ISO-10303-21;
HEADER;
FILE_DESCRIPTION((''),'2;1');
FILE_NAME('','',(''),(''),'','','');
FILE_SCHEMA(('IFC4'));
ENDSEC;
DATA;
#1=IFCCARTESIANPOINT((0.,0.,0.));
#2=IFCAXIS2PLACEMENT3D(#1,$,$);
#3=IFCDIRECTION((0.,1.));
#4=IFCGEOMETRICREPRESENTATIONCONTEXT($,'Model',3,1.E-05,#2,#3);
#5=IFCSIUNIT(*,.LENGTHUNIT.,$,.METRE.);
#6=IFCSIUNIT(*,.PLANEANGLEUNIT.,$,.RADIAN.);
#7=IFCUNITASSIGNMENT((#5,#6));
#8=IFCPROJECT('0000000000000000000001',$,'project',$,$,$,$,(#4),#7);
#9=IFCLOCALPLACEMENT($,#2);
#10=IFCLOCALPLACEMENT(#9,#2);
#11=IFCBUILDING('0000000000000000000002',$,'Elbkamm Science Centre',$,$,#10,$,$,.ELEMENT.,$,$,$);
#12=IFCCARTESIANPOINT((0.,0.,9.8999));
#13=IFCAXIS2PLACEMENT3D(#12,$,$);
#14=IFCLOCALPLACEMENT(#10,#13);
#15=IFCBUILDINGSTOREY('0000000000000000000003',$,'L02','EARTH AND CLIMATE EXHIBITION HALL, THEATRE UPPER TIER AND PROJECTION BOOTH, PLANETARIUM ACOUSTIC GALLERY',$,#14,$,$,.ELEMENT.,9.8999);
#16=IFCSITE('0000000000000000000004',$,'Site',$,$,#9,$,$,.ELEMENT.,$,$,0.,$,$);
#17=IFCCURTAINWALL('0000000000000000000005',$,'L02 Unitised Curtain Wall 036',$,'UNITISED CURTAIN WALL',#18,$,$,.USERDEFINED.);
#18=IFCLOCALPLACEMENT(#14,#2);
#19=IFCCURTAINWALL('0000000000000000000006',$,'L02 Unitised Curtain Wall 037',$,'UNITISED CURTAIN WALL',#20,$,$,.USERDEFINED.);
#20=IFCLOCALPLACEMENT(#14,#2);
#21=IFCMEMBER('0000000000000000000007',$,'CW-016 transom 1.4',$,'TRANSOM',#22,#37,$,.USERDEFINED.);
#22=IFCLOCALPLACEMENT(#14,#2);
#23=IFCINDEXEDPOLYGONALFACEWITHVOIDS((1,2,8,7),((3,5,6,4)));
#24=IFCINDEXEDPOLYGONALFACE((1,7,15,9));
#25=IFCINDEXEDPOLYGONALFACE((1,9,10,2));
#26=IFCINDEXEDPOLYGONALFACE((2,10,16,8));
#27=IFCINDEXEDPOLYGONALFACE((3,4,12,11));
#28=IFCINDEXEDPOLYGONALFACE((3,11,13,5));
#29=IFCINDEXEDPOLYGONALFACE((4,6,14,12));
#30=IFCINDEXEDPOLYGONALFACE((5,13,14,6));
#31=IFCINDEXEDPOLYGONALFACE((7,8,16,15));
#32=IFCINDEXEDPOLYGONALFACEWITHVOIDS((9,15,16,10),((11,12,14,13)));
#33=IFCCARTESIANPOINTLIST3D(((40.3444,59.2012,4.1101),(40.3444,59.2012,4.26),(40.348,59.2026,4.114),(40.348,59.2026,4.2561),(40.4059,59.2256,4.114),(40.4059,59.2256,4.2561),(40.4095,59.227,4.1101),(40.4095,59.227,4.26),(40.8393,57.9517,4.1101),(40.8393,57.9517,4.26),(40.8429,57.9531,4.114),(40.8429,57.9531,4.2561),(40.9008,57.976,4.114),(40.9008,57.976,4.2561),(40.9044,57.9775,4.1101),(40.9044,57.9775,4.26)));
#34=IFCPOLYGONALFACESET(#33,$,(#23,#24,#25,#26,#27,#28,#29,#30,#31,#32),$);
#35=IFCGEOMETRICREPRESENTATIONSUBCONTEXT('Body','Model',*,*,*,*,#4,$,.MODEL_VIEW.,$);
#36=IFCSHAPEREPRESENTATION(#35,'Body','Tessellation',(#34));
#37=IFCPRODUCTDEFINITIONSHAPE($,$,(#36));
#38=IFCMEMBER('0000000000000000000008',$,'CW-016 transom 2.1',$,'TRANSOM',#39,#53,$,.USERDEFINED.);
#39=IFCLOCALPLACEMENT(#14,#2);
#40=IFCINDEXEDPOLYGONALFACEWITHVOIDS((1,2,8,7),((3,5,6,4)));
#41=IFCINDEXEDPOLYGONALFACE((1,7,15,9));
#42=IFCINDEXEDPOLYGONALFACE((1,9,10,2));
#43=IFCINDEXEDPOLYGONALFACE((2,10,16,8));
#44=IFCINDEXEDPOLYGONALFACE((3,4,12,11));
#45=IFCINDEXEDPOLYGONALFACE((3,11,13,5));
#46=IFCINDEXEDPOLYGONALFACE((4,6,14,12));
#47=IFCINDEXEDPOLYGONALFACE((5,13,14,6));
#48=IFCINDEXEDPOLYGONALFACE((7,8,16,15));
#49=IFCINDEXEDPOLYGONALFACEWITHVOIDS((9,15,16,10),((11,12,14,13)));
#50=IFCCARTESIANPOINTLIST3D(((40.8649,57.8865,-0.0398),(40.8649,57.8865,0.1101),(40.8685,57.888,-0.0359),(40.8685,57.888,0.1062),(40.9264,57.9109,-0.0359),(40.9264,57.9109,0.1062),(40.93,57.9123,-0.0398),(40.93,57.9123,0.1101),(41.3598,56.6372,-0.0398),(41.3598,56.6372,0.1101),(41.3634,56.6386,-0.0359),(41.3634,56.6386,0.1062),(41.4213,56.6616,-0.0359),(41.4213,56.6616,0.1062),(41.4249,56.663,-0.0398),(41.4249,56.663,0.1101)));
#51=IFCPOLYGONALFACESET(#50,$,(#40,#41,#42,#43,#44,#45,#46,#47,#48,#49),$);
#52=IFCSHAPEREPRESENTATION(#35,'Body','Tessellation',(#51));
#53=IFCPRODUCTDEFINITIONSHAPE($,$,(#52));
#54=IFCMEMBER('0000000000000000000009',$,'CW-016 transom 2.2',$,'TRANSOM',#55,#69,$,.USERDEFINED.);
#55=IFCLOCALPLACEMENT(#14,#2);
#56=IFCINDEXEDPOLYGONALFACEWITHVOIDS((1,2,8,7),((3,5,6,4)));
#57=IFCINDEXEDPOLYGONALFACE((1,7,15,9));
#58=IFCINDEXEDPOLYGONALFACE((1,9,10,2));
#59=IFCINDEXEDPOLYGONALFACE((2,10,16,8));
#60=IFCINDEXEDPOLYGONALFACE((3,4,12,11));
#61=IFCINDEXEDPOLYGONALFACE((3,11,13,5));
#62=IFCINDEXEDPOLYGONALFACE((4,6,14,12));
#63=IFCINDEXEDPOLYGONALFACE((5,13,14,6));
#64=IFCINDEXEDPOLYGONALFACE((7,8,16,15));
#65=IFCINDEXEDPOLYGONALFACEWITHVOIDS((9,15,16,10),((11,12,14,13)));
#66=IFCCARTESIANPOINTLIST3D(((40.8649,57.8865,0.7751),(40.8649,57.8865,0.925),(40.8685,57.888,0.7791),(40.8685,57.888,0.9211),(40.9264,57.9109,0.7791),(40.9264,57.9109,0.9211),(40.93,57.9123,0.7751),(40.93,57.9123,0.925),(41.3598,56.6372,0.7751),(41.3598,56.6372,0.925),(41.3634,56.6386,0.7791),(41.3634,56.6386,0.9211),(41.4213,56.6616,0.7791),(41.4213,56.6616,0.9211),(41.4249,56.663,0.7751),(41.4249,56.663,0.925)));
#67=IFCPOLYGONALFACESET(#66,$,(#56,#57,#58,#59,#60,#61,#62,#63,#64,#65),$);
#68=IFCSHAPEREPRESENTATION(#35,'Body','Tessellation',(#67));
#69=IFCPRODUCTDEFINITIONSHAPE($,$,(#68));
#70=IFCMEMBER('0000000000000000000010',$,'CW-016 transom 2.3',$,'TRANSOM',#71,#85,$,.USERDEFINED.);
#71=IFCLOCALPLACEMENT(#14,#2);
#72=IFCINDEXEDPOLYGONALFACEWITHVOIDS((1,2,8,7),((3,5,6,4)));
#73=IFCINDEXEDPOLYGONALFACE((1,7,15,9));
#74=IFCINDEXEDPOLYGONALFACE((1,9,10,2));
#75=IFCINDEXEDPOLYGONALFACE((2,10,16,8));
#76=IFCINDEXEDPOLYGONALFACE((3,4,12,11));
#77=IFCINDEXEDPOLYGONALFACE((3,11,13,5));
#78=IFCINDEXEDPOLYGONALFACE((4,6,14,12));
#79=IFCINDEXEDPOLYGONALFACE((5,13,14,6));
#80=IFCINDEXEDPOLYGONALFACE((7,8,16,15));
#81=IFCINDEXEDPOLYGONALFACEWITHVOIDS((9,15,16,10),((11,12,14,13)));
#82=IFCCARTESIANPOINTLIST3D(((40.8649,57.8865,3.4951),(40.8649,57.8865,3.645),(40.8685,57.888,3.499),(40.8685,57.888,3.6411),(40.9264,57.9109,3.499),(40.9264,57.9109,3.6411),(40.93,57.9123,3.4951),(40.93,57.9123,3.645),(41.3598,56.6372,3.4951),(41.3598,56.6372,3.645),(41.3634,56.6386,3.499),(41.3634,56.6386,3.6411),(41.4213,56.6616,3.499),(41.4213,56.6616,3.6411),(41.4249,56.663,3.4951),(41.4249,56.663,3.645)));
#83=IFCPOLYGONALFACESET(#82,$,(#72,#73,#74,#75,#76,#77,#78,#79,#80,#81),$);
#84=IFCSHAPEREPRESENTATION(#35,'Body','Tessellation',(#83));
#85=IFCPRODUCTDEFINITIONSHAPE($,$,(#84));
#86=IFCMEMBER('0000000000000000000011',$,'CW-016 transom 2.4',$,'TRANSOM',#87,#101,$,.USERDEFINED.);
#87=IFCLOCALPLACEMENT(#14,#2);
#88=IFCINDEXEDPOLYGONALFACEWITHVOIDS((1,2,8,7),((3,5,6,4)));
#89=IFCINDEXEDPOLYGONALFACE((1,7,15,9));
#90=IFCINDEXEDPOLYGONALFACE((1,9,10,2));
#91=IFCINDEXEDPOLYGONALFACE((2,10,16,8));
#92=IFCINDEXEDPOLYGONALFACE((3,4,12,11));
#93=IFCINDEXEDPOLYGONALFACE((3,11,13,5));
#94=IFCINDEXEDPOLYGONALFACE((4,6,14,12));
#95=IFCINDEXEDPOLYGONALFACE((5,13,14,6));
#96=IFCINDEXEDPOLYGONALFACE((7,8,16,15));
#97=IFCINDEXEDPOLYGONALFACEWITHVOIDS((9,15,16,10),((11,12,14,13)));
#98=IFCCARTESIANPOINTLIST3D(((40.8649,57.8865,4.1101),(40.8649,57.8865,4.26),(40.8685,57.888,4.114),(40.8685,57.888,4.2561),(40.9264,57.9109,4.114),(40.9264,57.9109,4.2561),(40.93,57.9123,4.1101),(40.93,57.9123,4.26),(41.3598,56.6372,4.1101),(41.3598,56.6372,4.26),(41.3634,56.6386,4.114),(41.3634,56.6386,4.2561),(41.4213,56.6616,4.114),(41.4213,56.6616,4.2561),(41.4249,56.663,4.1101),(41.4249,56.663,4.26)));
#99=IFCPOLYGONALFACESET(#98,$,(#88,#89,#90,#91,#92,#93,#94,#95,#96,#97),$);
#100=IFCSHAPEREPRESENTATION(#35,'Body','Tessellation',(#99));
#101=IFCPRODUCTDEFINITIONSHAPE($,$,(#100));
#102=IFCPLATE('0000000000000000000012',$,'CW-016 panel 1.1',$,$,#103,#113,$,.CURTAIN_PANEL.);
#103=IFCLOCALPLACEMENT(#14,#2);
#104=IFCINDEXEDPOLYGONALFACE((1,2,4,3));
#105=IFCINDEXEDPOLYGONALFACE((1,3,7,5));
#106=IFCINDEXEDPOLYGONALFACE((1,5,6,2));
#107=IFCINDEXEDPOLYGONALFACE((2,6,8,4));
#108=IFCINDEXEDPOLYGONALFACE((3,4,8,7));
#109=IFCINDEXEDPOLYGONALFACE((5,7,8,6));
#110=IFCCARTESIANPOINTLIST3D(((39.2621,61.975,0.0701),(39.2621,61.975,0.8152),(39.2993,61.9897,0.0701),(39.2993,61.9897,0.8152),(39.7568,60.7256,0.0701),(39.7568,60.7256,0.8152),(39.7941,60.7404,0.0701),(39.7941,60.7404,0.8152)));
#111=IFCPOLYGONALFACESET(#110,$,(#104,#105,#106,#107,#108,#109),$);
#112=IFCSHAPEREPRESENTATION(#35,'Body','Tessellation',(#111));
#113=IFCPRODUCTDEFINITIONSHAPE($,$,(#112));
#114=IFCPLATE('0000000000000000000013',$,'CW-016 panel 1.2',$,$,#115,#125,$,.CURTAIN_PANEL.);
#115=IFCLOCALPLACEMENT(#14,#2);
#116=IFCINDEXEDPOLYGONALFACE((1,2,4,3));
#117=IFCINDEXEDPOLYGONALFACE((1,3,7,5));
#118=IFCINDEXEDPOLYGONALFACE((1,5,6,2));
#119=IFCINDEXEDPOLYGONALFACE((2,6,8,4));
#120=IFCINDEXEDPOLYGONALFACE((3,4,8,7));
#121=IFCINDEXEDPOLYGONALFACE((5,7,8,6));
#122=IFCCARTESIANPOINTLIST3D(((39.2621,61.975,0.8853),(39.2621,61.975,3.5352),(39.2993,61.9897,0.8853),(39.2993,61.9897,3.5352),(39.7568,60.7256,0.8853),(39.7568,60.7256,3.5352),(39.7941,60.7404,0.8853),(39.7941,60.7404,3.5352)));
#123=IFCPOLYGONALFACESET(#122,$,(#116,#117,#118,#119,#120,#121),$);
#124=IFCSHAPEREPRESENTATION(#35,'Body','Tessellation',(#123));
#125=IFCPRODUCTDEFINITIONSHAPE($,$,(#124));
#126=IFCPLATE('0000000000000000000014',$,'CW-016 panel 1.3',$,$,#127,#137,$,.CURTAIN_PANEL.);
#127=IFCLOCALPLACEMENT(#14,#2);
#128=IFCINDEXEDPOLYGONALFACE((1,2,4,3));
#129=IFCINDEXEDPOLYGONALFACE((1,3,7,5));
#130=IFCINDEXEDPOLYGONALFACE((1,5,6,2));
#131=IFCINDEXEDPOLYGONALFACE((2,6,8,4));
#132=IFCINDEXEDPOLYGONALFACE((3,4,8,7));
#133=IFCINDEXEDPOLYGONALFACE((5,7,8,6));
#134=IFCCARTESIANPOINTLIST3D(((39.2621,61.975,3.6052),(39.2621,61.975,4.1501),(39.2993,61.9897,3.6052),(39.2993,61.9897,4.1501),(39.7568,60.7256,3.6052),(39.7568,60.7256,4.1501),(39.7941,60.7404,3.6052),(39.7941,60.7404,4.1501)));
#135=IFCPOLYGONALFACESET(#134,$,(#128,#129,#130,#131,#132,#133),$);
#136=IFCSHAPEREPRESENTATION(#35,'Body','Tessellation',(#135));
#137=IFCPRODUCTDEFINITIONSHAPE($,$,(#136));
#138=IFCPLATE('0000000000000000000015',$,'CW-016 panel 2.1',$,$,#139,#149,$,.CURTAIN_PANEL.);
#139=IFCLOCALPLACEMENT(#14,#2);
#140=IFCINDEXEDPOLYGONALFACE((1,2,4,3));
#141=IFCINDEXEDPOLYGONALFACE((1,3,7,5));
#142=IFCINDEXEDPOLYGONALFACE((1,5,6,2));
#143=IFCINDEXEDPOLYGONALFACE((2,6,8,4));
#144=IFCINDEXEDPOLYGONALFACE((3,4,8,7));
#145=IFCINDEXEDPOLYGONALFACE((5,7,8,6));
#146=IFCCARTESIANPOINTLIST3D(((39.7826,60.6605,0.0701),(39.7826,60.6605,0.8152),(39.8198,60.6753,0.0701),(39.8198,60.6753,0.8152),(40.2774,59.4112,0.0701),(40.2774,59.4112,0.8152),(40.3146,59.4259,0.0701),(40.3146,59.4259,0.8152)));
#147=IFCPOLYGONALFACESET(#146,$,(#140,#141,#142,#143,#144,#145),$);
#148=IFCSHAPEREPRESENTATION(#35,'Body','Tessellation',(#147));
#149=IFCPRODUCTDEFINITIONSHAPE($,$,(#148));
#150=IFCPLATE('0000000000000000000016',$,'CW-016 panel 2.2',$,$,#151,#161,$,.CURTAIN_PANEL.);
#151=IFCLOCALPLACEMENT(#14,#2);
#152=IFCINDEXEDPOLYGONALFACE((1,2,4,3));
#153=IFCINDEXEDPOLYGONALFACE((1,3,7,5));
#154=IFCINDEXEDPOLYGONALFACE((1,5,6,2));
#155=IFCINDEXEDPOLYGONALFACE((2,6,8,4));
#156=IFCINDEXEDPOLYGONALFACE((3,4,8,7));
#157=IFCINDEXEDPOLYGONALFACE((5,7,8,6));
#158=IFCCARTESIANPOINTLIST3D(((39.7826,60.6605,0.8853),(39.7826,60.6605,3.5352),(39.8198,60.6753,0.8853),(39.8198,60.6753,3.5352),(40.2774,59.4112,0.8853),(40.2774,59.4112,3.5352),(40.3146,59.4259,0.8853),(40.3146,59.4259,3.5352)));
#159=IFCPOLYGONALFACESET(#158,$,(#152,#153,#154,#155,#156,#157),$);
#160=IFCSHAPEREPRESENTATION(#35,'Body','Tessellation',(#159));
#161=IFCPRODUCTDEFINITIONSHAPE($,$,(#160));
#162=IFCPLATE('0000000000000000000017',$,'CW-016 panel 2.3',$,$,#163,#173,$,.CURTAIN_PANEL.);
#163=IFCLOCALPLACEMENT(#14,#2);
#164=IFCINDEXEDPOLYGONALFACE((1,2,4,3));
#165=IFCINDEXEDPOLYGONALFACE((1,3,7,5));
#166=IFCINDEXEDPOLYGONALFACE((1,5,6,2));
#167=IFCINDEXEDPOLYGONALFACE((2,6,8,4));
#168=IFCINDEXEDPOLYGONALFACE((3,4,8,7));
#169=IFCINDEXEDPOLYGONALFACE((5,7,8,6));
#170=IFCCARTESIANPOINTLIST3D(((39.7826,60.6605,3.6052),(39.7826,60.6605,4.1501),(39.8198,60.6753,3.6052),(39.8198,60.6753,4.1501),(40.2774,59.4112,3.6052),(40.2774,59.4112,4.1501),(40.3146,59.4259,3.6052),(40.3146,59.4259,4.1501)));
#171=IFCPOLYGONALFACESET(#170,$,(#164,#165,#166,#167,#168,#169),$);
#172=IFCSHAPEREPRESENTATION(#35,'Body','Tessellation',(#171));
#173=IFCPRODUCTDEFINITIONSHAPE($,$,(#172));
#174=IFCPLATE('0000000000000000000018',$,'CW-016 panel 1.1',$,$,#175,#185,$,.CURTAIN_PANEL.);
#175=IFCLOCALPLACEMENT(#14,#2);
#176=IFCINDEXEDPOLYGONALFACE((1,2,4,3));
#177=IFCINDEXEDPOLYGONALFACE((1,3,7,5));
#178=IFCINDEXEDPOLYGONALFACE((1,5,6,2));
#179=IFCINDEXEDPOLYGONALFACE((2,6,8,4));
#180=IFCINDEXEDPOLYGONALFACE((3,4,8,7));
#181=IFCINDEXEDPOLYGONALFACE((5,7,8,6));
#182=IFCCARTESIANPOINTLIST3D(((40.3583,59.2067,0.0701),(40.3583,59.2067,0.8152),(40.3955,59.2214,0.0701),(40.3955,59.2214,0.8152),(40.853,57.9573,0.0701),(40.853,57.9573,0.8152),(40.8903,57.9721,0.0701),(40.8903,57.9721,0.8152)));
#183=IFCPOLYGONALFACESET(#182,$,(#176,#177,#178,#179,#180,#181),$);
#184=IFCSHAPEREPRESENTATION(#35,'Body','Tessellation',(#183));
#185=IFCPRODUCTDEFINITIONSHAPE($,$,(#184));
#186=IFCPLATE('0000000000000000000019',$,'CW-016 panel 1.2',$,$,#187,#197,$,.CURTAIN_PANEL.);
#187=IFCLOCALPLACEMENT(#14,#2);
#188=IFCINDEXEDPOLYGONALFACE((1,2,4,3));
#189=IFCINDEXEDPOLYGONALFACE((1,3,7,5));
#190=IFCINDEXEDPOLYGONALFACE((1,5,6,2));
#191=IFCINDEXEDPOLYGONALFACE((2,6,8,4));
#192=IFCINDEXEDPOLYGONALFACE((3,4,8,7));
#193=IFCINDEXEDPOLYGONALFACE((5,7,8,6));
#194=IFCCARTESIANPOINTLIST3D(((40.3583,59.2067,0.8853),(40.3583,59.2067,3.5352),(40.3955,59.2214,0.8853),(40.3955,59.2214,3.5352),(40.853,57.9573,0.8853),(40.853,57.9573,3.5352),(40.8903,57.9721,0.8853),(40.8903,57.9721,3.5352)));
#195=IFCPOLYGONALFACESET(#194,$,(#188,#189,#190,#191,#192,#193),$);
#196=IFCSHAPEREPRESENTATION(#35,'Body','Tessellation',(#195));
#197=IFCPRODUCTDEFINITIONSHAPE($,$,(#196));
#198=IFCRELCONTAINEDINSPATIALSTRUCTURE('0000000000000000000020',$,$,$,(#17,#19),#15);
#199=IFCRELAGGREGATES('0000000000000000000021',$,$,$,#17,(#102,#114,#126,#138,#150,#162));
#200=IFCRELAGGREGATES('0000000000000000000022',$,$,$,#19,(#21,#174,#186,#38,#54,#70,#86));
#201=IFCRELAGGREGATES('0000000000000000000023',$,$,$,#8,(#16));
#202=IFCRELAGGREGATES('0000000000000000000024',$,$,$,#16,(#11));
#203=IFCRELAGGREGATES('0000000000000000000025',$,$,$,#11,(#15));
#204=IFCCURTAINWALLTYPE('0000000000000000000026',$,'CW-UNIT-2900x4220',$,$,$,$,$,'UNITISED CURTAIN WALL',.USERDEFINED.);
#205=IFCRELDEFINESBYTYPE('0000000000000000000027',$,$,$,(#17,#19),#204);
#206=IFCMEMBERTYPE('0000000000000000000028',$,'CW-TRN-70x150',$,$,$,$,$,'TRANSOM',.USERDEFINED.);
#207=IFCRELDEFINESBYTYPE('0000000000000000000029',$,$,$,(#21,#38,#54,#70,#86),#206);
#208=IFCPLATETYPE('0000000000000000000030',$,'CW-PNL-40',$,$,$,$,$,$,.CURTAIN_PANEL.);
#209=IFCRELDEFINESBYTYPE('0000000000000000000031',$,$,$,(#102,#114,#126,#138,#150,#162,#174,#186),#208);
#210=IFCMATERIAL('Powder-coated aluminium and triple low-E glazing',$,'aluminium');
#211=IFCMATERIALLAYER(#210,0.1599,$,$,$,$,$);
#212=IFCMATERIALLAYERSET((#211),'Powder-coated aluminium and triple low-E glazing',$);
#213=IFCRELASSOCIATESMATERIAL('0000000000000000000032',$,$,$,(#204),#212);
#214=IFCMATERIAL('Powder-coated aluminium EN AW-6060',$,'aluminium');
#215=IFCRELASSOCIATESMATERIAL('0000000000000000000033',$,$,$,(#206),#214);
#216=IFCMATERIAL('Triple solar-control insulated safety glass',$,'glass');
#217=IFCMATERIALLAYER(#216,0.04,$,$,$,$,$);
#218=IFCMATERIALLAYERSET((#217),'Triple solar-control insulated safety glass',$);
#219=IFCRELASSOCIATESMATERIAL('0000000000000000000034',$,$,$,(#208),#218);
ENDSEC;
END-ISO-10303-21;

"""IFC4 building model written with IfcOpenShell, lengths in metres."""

from ifc_helpers import new_model, si_unit, direction, frame, origin, origin_2d, place, context, subcontext, project, spatial, rectangle, hollow_rectangle, extrude, material, layer, layer_set, material_profile, profile_set, type_object, element, aggregate, save


model = new_model("IFC4")

# Units and contexts
model_context = context("Model", 3, precision=1e-05, world=origin(), true_north=direction((0.0, 1.0)))
body_context = subcontext(model_context, "Body", "Model", "MODEL_VIEW")
ifc_project = project(units=[si_unit("LENGTHUNIT", "METRE"), si_unit("PLANEANGLEUNIT", "RADIAN")], contexts=[model_context])

# Site, building, storey
site_placement = place(None, origin())
site = spatial("IfcSite", under=ifc_project, at=site_placement, Name="Site", CompositionType="ELEMENT", RefElevation=0.0)
building_placement = place(site_placement, origin())
building = spatial("IfcBuilding", under=site, at=building_placement, Name="Elbkamm Science Centre", CompositionType="ELEMENT")
storey_placement = place(building_placement, frame((0.0, 0.0, 9.8999)))
storey = spatial("IfcBuildingStorey", under=building, at=storey_placement, Name="L02", Description="EARTH AND CLIMATE EXHIBITION HALL, THEATRE UPPER TIER AND PROJECTION BOOTH, PLANETARIUM ACOUSTIC GALLERY", CompositionType="ELEMENT", Elevation=9.8999)

# Curtain walls
ifc_material_1 = material(Name="Powder-coated aluminium and triple low-E glazing", Category="aluminium")
ifc_layer_1 = layer(ifc_material_1, 0.1599)
ifc_layer_set_1 = layer_set([ifc_layer_1], Name="Powder-coated aluminium and triple low-E glazing")
curtain_wall_type = type_object("IfcCurtainWallType", Name="CW-UNIT-2900x4220", ElementType="UNITISED CURTAIN WALL", PredefinedType="USERDEFINED", material=ifc_layer_set_1)
curtain_wall_1_placement = place(storey_placement, origin())
curtain_wall_1 = element("IfcCurtainWall", 1, at=curtain_wall_1_placement, inside=storey, type_object=curtain_wall_type, Name="L02 Unitised Curtain Wall 036", ObjectType="UNITISED CURTAIN WALL", PredefinedType="USERDEFINED")
ifc_material_2 = material(Name="Powder-coated aluminium EN AW-6060", Category="aluminium")
curtain_wall_2_placement = place(storey_placement, origin())
curtain_wall_2 = element("IfcCurtainWall", 2, at=curtain_wall_2_placement, inside=storey, type_object=curtain_wall_type, Name="L02 Unitised Curtain Wall 037", ObjectType="UNITISED CURTAIN WALL", PredefinedType="USERDEFINED")

# Members
ifc_material_profile_1 = material_profile(ifc_material_2, hollow_rectangle(XDim=0.0701, YDim=0.1499, WallThickness=0.0039, at=origin_2d()), Name="ALU T70x150")
ifc_profile_set_1 = profile_set([ifc_material_profile_1], Name="Powder-coated aluminium EN AW-6060")
member_type_1 = type_object("IfcMemberType", Name="CW-TRN-70x150", ElementType="TRANSOM", PredefinedType="USERDEFINED", material=ifc_profile_set_1)
member_1_placement = place(storey_placement, frame((40.377, 59.2141, 4.1851), z_axis=(0.368225, -0.929737, 0.0), x_axis=(0.929737, 0.368225, 0.0)))
member_1 = element("IfcMember", 3, at=member_1_placement, type_object=member_type_1, Name="CW-016 transom 1.4", ObjectType="TRANSOM", PredefinedType="USERDEFINED", context=body_context, shape_type="SweptSolid", body=[
    extrude(hollow_rectangle(XDim=0.0701, YDim=0.1499, WallThickness=0.0039, at=origin_2d()), origin(), (0.0, 0.0, 1.0), 1.344),
])
member_2_placement = place(storey_placement, frame((40.8975, 57.8994, 0.0352), z_axis=(0.368287, -0.929712, 0.0), x_axis=(0.929712, 0.368287, 0.0)))
member_2 = element("IfcMember", 4, at=member_2_placement, type_object=member_type_1, Name="CW-016 transom 2.1", ObjectType="TRANSOM", PredefinedType="USERDEFINED", context=body_context, shape_type="SweptSolid", body=[
    extrude(hollow_rectangle(XDim=0.0701, YDim=0.1499, WallThickness=0.0039, at=origin_2d()), origin(), (0.0, 0.0, 1.0), 1.3438),
])
member_3_placement = place(storey_placement, frame((40.8975, 57.8994, 0.8501), z_axis=(0.368287, -0.929712, 0.0), x_axis=(0.929712, 0.368287, 0.0)))
member_3 = element("IfcMember", 5, at=member_3_placement, type_object=member_type_1, Name="CW-016 transom 2.2", ObjectType="TRANSOM", PredefinedType="USERDEFINED", context=body_context, shape_type="SweptSolid", body=[
    extrude(hollow_rectangle(XDim=0.0701, YDim=0.1499, WallThickness=0.0039, at=origin_2d()), origin(), (0.0, 0.0, 1.0), 1.3438),
])
member_4_placement = place(storey_placement, frame((40.8975, 57.8994, 3.5701), z_axis=(0.368287, -0.929712, 0.0), x_axis=(0.929712, 0.368287, 0.0)))
member_4 = element("IfcMember", 6, at=member_4_placement, type_object=member_type_1, Name="CW-016 transom 2.3", ObjectType="TRANSOM", PredefinedType="USERDEFINED", context=body_context, shape_type="SweptSolid", body=[
    extrude(hollow_rectangle(XDim=0.0701, YDim=0.1499, WallThickness=0.0039, at=origin_2d()), origin(), (0.0, 0.0, 1.0), 1.3438),
])
member_5_placement = place(storey_placement, frame((40.8975, 57.8994, 4.1851), z_axis=(0.368287, -0.929712, 0.0), x_axis=(0.929712, 0.368287, 0.0)))
member_5 = element("IfcMember", 7, at=member_5_placement, type_object=member_type_1, Name="CW-016 transom 2.4", ObjectType="TRANSOM", PredefinedType="USERDEFINED", context=body_context, shape_type="SweptSolid", body=[
    extrude(hollow_rectangle(XDim=0.0701, YDim=0.1499, WallThickness=0.0039, at=origin_2d()), origin(), (0.0, 0.0, 1.0), 1.3438),
])

# Plates
ifc_material_3 = material(Name="Triple solar-control insulated safety glass", Category="glass")
ifc_layer_2 = layer(ifc_material_3, 0.04)
ifc_layer_set_2 = layer_set([ifc_layer_2], Name="Triple solar-control insulated safety glass")
plate_type = type_object("IfcPlateType", Name="CW-PNL-40", PredefinedType="CURTAIN_PANEL", material=ifc_layer_set_2)
plate_1_placement = place(storey_placement, frame((39.5281, 61.3577, 0.0701), z_axis=(0.0, 0.0, 1.0), x_axis=(0.368193, -0.929749, 0.0)))
plate_1 = element("IfcPlate", 8, at=plate_1_placement, type_object=plate_type, Name="CW-016 panel 1.1", PredefinedType="CURTAIN_PANEL", context=body_context, shape_type="SweptSolid", body=[
    extrude(rectangle(XDim=1.3438, YDim=0.04, at=origin_2d()), origin(), (0.0, 0.0, 1.0), 0.7451),
])
plate_2_placement = place(storey_placement, frame((39.5281, 61.3577, 0.8853), z_axis=(0.0, 0.0, 1.0), x_axis=(0.368193, -0.929749, 0.0)))
plate_2 = element("IfcPlate", 9, at=plate_2_placement, type_object=plate_type, Name="CW-016 panel 1.2", PredefinedType="CURTAIN_PANEL", context=body_context, shape_type="SweptSolid", body=[
    extrude(rectangle(XDim=1.3438, YDim=0.04, at=origin_2d()), origin(), (0.0, 0.0, 1.0), 2.6499),
])
plate_3_placement = place(storey_placement, frame((39.5281, 61.3577, 3.6052), z_axis=(0.0, 0.0, 1.0), x_axis=(0.368193, -0.929749, 0.0)))
plate_3 = element("IfcPlate", 10, at=plate_3_placement, type_object=plate_type, Name="CW-016 panel 1.3", PredefinedType="CURTAIN_PANEL", context=body_context, shape_type="SweptSolid", body=[
    extrude(rectangle(XDim=1.3438, YDim=0.04, at=origin_2d()), origin(), (0.0, 0.0, 1.0), 0.5449),
])
plate_4_placement = place(storey_placement, frame((40.0486, 60.0432, 0.0701), z_axis=(0.0, 0.0, 1.0), x_axis=(0.368193, -0.929749, 0.0)))
plate_4 = element("IfcPlate", 11, at=plate_4_placement, type_object=plate_type, Name="CW-016 panel 2.1", PredefinedType="CURTAIN_PANEL", context=body_context, shape_type="SweptSolid", body=[
    extrude(rectangle(XDim=1.3438, YDim=0.04, at=origin_2d()), origin(), (0.0, 0.0, 1.0), 0.7451),
])
plate_5_placement = place(storey_placement, frame((40.0486, 60.0432, 0.8853), z_axis=(0.0, 0.0, 1.0), x_axis=(0.368193, -0.929749, 0.0)))
plate_5 = element("IfcPlate", 12, at=plate_5_placement, type_object=plate_type, Name="CW-016 panel 2.2", PredefinedType="CURTAIN_PANEL", context=body_context, shape_type="SweptSolid", body=[
    extrude(rectangle(XDim=1.3438, YDim=0.04, at=origin_2d()), origin(), (0.0, 0.0, 1.0), 2.6499),
])
plate_6_placement = place(storey_placement, frame((40.0486, 60.0432, 3.6052), z_axis=(0.0, 0.0, 1.0), x_axis=(0.368193, -0.929749, 0.0)))
plate_6 = element("IfcPlate", 13, at=plate_6_placement, type_object=plate_type, Name="CW-016 panel 2.3", PredefinedType="CURTAIN_PANEL", context=body_context, shape_type="SweptSolid", body=[
    extrude(rectangle(XDim=1.3438, YDim=0.04, at=origin_2d()), origin(), (0.0, 0.0, 1.0), 0.5449),
])
aggregate(curtain_wall_1, [plate_1, plate_2, plate_3, plate_4, plate_5, plate_6])
plate_7_placement = place(storey_placement, frame((40.6243, 58.5894, 0.0701), z_axis=(0.0, 0.0, 1.0), x_axis=(0.368193, -0.929749, 0.0)))
plate_7 = element("IfcPlate", 14, at=plate_7_placement, type_object=plate_type, Name="CW-016 panel 1.1", PredefinedType="CURTAIN_PANEL", context=body_context, shape_type="SweptSolid", body=[
    extrude(rectangle(XDim=1.3438, YDim=0.04, at=origin_2d()), origin(), (0.0, 0.0, 1.0), 0.7451),
])
plate_8_placement = place(storey_placement, frame((40.6243, 58.5894, 0.8853), z_axis=(0.0, 0.0, 1.0), x_axis=(0.368193, -0.929749, 0.0)))
plate_8 = element("IfcPlate", 15, at=plate_8_placement, type_object=plate_type, Name="CW-016 panel 1.2", PredefinedType="CURTAIN_PANEL", context=body_context, shape_type="SweptSolid", body=[
    extrude(rectangle(XDim=1.3438, YDim=0.04, at=origin_2d()), origin(), (0.0, 0.0, 1.0), 2.6499),
])
aggregate(curtain_wall_2, [member_1, plate_7, plate_8, member_2, member_3, member_4, member_5])

save(model, "model.ifc")
